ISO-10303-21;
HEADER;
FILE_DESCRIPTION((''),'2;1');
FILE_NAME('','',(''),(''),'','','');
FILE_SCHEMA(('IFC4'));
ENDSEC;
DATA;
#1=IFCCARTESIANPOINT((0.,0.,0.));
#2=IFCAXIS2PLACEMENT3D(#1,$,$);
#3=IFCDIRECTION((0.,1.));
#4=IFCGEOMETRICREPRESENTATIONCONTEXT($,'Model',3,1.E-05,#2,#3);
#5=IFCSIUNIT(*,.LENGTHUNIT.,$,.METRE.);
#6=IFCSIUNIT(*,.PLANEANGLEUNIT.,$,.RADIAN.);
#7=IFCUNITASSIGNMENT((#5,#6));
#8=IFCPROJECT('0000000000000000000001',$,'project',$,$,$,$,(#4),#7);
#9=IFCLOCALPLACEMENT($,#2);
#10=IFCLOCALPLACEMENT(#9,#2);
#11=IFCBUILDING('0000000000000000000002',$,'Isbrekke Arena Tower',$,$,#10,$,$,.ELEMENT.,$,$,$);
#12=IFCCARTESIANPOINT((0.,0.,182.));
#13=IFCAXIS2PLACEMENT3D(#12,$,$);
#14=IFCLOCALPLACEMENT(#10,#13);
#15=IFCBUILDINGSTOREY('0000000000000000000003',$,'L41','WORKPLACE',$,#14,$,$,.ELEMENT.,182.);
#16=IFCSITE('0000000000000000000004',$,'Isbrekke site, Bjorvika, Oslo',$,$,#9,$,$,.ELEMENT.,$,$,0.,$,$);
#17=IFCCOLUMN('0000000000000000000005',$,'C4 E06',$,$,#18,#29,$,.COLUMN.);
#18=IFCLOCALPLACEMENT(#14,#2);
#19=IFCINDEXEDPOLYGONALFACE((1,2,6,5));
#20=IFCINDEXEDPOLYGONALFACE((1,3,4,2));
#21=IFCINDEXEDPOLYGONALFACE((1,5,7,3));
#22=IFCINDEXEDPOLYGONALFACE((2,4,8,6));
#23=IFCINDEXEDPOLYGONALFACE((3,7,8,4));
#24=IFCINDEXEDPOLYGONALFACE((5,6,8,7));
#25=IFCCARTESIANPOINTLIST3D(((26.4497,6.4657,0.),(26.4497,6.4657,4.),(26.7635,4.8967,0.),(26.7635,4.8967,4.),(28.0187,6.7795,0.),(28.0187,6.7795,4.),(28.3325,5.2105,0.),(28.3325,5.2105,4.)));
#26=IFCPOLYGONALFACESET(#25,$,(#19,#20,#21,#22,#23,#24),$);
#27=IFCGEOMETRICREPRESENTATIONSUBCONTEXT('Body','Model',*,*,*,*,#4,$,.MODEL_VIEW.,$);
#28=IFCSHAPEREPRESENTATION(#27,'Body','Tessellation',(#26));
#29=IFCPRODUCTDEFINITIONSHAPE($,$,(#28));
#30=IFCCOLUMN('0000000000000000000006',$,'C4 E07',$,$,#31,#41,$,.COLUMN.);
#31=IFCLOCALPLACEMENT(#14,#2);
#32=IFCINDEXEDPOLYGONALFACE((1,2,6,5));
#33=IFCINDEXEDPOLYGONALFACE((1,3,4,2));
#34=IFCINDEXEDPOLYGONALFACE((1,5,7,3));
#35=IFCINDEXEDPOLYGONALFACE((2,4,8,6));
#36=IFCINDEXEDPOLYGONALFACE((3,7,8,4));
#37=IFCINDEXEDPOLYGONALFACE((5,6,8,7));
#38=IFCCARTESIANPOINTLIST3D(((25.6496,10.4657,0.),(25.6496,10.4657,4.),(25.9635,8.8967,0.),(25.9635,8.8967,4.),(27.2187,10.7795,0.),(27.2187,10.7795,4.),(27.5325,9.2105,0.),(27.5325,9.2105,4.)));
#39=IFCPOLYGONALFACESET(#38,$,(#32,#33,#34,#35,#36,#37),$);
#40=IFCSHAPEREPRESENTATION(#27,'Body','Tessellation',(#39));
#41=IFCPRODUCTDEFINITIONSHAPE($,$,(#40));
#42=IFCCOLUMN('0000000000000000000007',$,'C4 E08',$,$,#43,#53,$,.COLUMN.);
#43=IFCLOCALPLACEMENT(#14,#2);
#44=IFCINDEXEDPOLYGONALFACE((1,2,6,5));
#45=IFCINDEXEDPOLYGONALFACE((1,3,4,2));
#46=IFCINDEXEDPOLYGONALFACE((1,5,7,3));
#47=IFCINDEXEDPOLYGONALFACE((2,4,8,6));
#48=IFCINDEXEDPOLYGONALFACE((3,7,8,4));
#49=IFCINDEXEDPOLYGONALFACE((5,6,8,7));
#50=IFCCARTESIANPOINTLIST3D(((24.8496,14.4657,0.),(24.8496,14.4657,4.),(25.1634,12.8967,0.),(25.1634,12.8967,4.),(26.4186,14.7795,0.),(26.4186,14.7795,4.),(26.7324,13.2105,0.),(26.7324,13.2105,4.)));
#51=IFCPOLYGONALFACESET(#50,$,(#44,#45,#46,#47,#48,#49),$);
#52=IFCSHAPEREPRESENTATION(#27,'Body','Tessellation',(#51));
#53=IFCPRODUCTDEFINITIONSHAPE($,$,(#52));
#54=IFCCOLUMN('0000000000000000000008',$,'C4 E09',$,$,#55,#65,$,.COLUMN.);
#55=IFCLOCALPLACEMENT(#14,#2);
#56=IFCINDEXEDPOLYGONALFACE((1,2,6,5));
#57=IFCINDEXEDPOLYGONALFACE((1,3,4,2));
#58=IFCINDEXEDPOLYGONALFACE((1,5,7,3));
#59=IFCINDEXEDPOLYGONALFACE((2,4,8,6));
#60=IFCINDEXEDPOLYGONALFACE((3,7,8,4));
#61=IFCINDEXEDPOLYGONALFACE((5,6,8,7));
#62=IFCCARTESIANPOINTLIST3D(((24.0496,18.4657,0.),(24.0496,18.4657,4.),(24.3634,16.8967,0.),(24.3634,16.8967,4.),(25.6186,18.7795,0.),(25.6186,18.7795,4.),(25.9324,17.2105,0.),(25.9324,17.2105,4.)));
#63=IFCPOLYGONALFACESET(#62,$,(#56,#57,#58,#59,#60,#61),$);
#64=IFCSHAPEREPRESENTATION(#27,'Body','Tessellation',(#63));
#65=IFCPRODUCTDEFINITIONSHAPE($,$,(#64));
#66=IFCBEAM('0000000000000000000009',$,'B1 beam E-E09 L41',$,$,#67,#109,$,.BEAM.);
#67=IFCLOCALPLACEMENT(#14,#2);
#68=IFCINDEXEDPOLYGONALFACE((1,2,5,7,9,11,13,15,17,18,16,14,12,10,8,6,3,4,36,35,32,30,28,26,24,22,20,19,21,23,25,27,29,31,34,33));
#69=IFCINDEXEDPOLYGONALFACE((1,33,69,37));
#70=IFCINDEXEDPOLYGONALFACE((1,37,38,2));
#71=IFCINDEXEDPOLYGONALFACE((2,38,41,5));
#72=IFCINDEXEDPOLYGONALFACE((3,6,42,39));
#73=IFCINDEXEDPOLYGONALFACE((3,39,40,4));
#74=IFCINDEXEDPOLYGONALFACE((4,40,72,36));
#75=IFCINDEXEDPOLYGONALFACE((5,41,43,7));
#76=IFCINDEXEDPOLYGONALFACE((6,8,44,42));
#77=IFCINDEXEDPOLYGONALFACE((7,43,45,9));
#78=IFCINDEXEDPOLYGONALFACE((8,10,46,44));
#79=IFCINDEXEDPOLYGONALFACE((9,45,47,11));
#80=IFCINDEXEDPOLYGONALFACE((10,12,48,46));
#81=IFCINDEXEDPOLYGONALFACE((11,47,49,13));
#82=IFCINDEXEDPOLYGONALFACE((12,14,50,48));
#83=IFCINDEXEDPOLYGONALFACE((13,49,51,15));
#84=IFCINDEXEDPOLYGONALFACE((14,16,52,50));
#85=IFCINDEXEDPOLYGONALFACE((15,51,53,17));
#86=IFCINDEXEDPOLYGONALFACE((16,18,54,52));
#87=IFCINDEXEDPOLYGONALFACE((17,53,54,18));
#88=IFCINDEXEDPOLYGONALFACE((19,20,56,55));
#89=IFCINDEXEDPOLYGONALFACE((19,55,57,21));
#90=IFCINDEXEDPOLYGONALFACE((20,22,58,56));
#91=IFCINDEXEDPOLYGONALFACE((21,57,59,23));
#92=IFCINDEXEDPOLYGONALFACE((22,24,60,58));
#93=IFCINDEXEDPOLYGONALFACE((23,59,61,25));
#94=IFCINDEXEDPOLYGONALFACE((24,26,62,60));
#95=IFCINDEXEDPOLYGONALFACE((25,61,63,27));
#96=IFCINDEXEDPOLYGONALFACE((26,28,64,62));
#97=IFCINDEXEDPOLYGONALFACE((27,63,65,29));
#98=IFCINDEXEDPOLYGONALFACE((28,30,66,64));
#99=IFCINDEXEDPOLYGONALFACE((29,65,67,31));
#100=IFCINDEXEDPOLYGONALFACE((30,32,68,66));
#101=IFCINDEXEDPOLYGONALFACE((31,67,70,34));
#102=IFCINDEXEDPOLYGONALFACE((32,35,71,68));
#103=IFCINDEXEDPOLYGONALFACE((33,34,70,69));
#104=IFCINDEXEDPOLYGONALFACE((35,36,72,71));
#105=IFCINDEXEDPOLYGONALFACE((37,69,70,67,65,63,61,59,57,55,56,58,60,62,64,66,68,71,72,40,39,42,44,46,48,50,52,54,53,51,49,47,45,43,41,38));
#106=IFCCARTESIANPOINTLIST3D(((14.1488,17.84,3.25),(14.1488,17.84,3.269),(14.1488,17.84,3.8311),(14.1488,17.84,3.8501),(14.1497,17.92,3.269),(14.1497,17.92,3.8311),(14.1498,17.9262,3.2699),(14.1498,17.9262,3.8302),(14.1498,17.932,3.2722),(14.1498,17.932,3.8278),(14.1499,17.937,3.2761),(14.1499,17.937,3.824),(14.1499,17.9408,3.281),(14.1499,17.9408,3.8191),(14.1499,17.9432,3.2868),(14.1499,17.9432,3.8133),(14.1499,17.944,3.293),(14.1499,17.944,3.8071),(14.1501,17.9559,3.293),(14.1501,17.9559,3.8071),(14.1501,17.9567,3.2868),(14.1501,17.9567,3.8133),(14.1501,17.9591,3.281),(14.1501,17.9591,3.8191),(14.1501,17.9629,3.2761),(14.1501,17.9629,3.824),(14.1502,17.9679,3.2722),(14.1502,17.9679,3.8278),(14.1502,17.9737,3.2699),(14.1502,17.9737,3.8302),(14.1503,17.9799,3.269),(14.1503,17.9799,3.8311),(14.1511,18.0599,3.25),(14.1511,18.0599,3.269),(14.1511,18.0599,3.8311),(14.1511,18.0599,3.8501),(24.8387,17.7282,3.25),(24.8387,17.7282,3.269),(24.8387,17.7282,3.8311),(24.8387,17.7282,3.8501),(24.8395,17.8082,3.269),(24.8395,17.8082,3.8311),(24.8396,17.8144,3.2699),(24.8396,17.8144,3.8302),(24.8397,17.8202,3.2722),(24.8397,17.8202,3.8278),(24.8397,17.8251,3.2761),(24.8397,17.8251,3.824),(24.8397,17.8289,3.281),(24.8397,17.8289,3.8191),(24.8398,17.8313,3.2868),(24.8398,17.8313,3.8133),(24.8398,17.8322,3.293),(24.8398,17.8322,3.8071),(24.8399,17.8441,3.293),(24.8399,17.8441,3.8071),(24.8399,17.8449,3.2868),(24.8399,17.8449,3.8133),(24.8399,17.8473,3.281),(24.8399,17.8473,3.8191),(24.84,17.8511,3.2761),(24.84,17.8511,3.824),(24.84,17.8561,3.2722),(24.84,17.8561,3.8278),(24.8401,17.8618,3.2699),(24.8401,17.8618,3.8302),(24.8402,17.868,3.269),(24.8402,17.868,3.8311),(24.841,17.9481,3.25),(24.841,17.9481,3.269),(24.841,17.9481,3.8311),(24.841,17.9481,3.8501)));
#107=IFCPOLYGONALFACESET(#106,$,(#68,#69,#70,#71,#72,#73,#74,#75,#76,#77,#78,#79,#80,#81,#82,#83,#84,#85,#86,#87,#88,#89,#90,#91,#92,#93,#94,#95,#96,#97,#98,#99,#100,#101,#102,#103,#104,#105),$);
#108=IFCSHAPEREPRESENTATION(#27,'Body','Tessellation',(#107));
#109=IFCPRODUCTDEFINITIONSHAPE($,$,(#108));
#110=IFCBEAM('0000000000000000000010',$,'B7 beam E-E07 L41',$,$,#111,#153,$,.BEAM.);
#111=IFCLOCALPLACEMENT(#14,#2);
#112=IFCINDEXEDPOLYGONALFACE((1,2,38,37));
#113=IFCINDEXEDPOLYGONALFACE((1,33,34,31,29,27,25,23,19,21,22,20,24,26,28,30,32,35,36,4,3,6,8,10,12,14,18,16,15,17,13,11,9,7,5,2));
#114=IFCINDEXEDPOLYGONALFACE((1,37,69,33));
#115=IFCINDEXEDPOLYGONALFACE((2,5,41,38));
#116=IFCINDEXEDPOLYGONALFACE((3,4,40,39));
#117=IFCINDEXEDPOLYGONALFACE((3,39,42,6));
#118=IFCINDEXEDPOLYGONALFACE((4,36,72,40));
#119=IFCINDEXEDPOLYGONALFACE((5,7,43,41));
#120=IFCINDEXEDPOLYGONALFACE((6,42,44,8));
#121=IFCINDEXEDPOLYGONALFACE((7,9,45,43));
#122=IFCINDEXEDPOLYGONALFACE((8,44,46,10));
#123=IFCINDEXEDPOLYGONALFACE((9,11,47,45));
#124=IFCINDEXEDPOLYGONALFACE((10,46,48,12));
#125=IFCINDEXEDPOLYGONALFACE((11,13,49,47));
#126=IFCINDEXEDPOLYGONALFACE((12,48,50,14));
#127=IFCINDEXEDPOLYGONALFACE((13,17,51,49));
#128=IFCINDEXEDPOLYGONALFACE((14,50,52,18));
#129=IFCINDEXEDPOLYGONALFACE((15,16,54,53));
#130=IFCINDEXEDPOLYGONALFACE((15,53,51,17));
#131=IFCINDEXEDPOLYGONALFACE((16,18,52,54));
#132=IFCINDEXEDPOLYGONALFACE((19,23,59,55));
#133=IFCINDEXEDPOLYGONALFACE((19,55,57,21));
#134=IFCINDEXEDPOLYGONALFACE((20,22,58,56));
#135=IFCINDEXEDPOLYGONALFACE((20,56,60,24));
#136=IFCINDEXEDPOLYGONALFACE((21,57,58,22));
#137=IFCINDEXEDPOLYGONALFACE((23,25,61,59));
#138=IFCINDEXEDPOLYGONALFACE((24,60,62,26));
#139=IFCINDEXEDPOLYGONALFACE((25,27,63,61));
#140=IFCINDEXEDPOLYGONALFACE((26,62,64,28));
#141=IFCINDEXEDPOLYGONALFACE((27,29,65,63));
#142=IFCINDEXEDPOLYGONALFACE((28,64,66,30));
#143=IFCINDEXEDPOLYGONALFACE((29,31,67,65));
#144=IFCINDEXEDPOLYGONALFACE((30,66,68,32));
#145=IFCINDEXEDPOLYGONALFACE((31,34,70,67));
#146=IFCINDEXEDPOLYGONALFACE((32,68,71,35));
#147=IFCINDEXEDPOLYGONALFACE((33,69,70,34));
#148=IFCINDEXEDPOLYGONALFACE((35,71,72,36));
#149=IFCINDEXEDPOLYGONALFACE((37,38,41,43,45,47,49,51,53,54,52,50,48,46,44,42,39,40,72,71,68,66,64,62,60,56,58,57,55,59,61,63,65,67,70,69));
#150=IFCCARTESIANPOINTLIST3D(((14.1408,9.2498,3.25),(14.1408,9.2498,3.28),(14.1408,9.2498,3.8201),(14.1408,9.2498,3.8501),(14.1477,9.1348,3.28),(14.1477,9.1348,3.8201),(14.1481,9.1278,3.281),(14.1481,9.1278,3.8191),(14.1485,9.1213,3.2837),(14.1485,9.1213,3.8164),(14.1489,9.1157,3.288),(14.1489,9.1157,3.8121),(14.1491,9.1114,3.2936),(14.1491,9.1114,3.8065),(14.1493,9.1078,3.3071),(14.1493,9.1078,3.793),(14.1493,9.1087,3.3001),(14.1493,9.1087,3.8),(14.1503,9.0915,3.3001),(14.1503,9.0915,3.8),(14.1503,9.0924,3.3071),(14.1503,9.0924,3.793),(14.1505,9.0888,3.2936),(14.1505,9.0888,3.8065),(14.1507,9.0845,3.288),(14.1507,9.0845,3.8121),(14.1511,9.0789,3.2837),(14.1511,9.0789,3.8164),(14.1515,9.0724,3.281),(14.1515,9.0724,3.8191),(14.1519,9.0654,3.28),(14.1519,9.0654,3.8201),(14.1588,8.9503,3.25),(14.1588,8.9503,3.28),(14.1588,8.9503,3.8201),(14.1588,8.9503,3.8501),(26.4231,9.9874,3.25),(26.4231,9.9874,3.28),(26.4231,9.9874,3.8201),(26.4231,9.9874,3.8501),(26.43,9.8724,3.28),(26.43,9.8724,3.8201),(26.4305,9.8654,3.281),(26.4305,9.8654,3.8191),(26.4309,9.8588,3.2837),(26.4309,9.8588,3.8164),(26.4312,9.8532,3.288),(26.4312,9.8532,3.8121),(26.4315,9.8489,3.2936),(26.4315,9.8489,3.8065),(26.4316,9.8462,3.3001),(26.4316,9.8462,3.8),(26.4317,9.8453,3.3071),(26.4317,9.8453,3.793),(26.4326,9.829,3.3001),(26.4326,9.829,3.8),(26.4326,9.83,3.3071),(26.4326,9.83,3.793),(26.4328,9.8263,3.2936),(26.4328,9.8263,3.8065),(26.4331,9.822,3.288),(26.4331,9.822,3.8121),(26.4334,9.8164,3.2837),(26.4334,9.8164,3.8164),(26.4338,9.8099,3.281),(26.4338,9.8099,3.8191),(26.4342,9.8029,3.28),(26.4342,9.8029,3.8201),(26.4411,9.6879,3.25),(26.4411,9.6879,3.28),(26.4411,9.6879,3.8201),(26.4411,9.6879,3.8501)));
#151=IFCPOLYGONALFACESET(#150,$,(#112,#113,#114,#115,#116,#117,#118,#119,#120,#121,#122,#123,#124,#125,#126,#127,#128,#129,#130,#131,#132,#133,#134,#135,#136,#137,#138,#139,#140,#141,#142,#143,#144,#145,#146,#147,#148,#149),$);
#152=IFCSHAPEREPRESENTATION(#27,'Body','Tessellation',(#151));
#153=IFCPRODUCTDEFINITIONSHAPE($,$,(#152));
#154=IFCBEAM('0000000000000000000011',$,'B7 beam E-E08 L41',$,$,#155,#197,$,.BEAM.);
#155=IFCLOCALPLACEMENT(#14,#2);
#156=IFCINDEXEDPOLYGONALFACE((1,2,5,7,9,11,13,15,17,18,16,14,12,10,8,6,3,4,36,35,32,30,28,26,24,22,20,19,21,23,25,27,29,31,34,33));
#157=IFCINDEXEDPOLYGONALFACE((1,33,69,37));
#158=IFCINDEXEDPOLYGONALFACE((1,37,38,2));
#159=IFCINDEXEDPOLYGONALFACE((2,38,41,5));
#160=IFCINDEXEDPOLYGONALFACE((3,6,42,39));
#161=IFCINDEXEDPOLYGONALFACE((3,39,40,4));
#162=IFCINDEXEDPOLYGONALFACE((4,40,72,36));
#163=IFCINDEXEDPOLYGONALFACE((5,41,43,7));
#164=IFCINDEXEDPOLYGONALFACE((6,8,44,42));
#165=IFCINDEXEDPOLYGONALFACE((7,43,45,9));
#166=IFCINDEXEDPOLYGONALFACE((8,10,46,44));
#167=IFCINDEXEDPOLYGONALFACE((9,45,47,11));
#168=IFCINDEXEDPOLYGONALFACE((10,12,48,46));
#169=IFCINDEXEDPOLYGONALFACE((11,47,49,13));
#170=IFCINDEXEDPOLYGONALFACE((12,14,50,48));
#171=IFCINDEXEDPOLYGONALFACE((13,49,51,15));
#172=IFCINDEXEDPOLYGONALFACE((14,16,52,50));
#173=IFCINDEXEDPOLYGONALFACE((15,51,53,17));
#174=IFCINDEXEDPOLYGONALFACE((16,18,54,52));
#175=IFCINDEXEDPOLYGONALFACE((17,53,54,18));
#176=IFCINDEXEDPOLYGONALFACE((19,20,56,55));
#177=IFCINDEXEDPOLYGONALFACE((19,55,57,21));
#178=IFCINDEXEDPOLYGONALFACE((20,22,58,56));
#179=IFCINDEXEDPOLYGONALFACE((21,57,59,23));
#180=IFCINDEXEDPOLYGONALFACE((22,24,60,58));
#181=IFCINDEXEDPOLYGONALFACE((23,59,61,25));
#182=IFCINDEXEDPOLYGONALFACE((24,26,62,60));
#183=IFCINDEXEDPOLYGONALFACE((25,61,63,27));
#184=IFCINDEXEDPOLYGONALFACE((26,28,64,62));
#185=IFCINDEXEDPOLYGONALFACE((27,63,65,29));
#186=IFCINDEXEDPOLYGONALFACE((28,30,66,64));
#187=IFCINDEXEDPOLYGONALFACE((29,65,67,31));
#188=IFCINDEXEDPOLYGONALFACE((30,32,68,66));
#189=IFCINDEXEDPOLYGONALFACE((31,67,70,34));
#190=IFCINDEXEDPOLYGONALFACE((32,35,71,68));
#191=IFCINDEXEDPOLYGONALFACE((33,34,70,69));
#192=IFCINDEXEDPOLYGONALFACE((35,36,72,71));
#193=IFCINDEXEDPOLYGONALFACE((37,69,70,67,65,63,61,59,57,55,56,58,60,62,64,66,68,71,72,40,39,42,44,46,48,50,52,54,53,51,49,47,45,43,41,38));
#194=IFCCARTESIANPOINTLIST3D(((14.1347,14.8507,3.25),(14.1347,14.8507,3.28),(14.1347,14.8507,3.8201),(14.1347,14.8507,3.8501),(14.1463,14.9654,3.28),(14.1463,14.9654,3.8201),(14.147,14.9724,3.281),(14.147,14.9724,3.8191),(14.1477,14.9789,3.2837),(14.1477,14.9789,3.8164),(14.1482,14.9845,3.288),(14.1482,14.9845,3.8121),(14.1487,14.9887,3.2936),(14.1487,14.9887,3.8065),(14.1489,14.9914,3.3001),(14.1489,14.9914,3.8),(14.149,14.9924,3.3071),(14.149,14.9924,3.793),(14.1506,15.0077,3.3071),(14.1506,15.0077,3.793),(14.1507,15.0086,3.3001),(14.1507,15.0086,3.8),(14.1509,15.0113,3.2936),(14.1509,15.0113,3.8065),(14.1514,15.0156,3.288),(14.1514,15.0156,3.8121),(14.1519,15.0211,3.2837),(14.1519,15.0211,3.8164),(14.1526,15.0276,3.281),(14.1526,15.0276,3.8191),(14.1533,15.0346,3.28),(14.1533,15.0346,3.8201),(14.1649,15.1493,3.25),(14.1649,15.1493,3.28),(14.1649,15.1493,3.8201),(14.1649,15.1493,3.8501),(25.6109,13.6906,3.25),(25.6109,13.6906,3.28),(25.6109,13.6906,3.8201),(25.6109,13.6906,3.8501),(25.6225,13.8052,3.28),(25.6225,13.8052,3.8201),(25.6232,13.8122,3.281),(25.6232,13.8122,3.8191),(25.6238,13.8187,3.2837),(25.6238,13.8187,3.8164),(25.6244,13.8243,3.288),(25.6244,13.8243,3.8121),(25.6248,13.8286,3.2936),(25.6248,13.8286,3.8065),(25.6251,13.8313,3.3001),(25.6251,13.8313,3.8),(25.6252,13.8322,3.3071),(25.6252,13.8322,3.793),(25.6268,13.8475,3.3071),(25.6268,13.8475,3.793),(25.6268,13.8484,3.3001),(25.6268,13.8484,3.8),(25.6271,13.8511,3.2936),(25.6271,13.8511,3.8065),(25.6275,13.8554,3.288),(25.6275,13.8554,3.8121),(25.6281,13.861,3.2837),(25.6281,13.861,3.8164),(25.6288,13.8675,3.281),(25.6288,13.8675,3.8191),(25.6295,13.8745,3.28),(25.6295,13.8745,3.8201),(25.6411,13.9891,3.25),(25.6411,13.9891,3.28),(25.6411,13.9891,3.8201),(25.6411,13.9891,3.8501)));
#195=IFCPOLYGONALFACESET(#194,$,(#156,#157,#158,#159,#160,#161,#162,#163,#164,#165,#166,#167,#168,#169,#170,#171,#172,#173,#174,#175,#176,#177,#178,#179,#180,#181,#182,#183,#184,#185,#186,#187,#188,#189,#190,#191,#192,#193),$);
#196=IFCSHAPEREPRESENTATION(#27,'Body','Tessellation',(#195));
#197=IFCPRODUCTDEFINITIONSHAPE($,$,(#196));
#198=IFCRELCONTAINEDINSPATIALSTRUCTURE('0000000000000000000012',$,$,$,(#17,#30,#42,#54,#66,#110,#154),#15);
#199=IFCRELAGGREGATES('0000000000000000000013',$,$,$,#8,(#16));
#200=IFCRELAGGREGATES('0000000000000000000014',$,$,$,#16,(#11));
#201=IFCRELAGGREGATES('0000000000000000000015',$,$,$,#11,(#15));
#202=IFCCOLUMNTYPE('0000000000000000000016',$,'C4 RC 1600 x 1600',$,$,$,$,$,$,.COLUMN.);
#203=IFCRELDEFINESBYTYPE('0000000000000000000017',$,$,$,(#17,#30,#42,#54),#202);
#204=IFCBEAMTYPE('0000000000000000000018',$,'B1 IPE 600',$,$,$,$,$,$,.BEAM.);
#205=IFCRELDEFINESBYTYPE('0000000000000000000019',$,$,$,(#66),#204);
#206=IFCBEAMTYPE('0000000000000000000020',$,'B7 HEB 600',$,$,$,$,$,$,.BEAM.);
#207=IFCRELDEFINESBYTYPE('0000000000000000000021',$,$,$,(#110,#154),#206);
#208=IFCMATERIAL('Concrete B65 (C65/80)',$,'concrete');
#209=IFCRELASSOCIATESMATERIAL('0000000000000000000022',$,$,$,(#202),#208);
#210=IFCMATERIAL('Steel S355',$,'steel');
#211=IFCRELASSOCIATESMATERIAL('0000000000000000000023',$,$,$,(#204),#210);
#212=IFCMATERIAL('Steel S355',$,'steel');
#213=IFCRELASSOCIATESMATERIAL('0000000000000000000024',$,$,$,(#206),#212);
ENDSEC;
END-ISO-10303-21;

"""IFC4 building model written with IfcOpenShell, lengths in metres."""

from ifc_helpers import new_model, si_unit, direction, frame, origin, origin_2d, place, context, subcontext, project, spatial, rectangle, i_section, extrude, material, material_profile, profile_set, type_object, element, save


model = new_model("IFC4")

# Units and contexts
model_context = context("Model", 3, precision=1e-05, world=origin(), true_north=direction((0.0, 1.0)))
body_context = subcontext(model_context, "Body", "Model", "MODEL_VIEW")
ifc_project = project(units=[si_unit("LENGTHUNIT", "METRE"), si_unit("PLANEANGLEUNIT", "RADIAN")], contexts=[model_context])

# Site, building, storey
site_placement = place(None, origin())
site = spatial("IfcSite", under=ifc_project, at=site_placement, Name="Isbrekke site, Bjorvika, Oslo", CompositionType="ELEMENT", RefElevation=0.0)
building_placement = place(site_placement, origin())
building = spatial("IfcBuilding", under=site, at=building_placement, Name="Isbrekke Arena Tower", CompositionType="ELEMENT")
storey_placement = place(building_placement, frame((0.0, 0.0, 182.0)))
storey = spatial("IfcBuildingStorey", under=building, at=storey_placement, Name="L41", Description="WORKPLACE", CompositionType="ELEMENT", Elevation=182.0)

# Columns
ifc_material_1 = material(Name="Concrete B65 (C65/80)", Category="concrete")
ifc_material_profile_1 = material_profile(ifc_material_1, rectangle(XDim=1.6001, YDim=1.6001, at=origin_2d()), Name="RC 1600x1600")
ifc_profile_set_1 = profile_set([ifc_material_profile_1], Name="Concrete B65 (C65/80)")
column_type = type_object("IfcColumnType", Name="C4 RC 1600 x 1600", PredefinedType="COLUMN", material=ifc_profile_set_1)
for number, where, z_axis, x_axis, name in (
    (1, (27.3911, 5.8381, 0.0), (0.0, 0.0, 1.0), (-0.196116, 0.980581, 0.0), "C4 E06"),
    (2, (26.5911, 9.8381, 0.0), (0.0, 0.0, 1.0), (-0.196116, 0.980581, 0.0), "C4 E07"),
    (3, (25.791, 13.8381, 0.0), (0.0, 0.0, 1.0), (-0.196116, 0.980581, 0.0), "C4 E08"),
    (4, (24.991, 17.8381, 0.0), (0.0, 0.0, 1.0), (-0.196116, 0.980581, 0.0), "C4 E09"),
):
    element("IfcColumn", number, at=place(storey_placement, frame(where, z_axis=z_axis, x_axis=x_axis)), inside=storey, type_object=column_type, Name=name, PredefinedType="COLUMN", context=body_context, shape_type="SweptSolid", body=[
        extrude(rectangle(XDim=1.6001, YDim=1.6001, at=origin_2d()), origin(), (0.0, 0.0, 1.0), 4.0),
    ])

# Beams
ifc_material_2 = material(Name="Steel S355", Category="steel")
ifc_material_profile_2 = material_profile(ifc_material_2, i_section(OverallWidth=0.22, OverallDepth=0.6001, WebThickness=0.012, FlangeThickness=0.019, FilletRadius=0.0239, at=origin_2d()), Name="IPE 600")
ifc_profile_set_2 = profile_set([ifc_material_profile_2], Name="Steel S355")
beam_type_1 = type_object("IfcBeamType", Name="B1 IPE 600", PredefinedType="BEAM", material=ifc_profile_set_2)
beam_1_placement = place(storey_placement, frame((24.8398, 17.8381, 3.55), z_axis=(-0.999945, 0.010459, 0.0), x_axis=(-0.010459, -0.999945, 0.0)))
element("IfcBeam", 5, at=beam_1_placement, inside=storey, type_object=beam_type_1, Name="B1 beam E-E09 L41", PredefinedType="BEAM", context=body_context, shape_type="SweptSolid", body=[
    extrude(i_section(OverallWidth=0.22, OverallDepth=0.6001, WebThickness=0.012, FlangeThickness=0.019, FilletRadius=0.0239, at=origin_2d()), origin(), (0.0, 0.0, 1.0), 10.6904),
])
ifc_material_3 = material(Name="Steel S355", Category="steel")
ifc_material_profile_3 = material_profile(ifc_material_3, i_section(OverallWidth=0.3, OverallDepth=0.6001, WebThickness=0.0154, FlangeThickness=0.03, FilletRadius=0.0271, at=origin_2d()), Name="HEB 600")
ifc_profile_set_3 = profile_set([ifc_material_profile_3], Name="Steel S355")
beam_type_2 = type_object("IfcBeamType", Name="B7 HEB 600", PredefinedType="BEAM", material=ifc_profile_set_3)
beam_2_placement = place(storey_placement, frame((26.4321, 9.8376, 3.55), z_axis=(-0.998202, -0.059942, 0.0), x_axis=(0.059942, -0.998202, 0.0)))
element("IfcBeam", 6, at=beam_2_placement, inside=storey, type_object=beam_type_2, Name="B7 beam E-E07 L41", PredefinedType="BEAM", context=body_context, shape_type="SweptSolid", body=[
    extrude(i_section(OverallWidth=0.3, OverallDepth=0.6001, WebThickness=0.0154, FlangeThickness=0.03, FilletRadius=0.0271, at=origin_2d()), origin(), (0.0, 0.0, 1.0), 12.3044),
])
beam_3_placement = place(storey_placement, frame((25.626, 13.8398, 3.55), z_axis=(-0.994929, 0.100581, 0.0), x_axis=(-0.100581, -0.994929, 0.0)))
element("IfcBeam", 7, at=beam_3_placement, inside=storey, type_object=beam_type_2, Name="B7 beam E-E08 L41", PredefinedType="BEAM", context=body_context, shape_type="SweptSolid", body=[
    extrude(i_section(OverallWidth=0.3, OverallDepth=0.6001, WebThickness=0.0154, FlangeThickness=0.03, FilletRadius=0.0271, at=origin_2d()), origin(), (0.0, 0.0, 1.0), 11.5347),
])

save(model, "model.ifc")
